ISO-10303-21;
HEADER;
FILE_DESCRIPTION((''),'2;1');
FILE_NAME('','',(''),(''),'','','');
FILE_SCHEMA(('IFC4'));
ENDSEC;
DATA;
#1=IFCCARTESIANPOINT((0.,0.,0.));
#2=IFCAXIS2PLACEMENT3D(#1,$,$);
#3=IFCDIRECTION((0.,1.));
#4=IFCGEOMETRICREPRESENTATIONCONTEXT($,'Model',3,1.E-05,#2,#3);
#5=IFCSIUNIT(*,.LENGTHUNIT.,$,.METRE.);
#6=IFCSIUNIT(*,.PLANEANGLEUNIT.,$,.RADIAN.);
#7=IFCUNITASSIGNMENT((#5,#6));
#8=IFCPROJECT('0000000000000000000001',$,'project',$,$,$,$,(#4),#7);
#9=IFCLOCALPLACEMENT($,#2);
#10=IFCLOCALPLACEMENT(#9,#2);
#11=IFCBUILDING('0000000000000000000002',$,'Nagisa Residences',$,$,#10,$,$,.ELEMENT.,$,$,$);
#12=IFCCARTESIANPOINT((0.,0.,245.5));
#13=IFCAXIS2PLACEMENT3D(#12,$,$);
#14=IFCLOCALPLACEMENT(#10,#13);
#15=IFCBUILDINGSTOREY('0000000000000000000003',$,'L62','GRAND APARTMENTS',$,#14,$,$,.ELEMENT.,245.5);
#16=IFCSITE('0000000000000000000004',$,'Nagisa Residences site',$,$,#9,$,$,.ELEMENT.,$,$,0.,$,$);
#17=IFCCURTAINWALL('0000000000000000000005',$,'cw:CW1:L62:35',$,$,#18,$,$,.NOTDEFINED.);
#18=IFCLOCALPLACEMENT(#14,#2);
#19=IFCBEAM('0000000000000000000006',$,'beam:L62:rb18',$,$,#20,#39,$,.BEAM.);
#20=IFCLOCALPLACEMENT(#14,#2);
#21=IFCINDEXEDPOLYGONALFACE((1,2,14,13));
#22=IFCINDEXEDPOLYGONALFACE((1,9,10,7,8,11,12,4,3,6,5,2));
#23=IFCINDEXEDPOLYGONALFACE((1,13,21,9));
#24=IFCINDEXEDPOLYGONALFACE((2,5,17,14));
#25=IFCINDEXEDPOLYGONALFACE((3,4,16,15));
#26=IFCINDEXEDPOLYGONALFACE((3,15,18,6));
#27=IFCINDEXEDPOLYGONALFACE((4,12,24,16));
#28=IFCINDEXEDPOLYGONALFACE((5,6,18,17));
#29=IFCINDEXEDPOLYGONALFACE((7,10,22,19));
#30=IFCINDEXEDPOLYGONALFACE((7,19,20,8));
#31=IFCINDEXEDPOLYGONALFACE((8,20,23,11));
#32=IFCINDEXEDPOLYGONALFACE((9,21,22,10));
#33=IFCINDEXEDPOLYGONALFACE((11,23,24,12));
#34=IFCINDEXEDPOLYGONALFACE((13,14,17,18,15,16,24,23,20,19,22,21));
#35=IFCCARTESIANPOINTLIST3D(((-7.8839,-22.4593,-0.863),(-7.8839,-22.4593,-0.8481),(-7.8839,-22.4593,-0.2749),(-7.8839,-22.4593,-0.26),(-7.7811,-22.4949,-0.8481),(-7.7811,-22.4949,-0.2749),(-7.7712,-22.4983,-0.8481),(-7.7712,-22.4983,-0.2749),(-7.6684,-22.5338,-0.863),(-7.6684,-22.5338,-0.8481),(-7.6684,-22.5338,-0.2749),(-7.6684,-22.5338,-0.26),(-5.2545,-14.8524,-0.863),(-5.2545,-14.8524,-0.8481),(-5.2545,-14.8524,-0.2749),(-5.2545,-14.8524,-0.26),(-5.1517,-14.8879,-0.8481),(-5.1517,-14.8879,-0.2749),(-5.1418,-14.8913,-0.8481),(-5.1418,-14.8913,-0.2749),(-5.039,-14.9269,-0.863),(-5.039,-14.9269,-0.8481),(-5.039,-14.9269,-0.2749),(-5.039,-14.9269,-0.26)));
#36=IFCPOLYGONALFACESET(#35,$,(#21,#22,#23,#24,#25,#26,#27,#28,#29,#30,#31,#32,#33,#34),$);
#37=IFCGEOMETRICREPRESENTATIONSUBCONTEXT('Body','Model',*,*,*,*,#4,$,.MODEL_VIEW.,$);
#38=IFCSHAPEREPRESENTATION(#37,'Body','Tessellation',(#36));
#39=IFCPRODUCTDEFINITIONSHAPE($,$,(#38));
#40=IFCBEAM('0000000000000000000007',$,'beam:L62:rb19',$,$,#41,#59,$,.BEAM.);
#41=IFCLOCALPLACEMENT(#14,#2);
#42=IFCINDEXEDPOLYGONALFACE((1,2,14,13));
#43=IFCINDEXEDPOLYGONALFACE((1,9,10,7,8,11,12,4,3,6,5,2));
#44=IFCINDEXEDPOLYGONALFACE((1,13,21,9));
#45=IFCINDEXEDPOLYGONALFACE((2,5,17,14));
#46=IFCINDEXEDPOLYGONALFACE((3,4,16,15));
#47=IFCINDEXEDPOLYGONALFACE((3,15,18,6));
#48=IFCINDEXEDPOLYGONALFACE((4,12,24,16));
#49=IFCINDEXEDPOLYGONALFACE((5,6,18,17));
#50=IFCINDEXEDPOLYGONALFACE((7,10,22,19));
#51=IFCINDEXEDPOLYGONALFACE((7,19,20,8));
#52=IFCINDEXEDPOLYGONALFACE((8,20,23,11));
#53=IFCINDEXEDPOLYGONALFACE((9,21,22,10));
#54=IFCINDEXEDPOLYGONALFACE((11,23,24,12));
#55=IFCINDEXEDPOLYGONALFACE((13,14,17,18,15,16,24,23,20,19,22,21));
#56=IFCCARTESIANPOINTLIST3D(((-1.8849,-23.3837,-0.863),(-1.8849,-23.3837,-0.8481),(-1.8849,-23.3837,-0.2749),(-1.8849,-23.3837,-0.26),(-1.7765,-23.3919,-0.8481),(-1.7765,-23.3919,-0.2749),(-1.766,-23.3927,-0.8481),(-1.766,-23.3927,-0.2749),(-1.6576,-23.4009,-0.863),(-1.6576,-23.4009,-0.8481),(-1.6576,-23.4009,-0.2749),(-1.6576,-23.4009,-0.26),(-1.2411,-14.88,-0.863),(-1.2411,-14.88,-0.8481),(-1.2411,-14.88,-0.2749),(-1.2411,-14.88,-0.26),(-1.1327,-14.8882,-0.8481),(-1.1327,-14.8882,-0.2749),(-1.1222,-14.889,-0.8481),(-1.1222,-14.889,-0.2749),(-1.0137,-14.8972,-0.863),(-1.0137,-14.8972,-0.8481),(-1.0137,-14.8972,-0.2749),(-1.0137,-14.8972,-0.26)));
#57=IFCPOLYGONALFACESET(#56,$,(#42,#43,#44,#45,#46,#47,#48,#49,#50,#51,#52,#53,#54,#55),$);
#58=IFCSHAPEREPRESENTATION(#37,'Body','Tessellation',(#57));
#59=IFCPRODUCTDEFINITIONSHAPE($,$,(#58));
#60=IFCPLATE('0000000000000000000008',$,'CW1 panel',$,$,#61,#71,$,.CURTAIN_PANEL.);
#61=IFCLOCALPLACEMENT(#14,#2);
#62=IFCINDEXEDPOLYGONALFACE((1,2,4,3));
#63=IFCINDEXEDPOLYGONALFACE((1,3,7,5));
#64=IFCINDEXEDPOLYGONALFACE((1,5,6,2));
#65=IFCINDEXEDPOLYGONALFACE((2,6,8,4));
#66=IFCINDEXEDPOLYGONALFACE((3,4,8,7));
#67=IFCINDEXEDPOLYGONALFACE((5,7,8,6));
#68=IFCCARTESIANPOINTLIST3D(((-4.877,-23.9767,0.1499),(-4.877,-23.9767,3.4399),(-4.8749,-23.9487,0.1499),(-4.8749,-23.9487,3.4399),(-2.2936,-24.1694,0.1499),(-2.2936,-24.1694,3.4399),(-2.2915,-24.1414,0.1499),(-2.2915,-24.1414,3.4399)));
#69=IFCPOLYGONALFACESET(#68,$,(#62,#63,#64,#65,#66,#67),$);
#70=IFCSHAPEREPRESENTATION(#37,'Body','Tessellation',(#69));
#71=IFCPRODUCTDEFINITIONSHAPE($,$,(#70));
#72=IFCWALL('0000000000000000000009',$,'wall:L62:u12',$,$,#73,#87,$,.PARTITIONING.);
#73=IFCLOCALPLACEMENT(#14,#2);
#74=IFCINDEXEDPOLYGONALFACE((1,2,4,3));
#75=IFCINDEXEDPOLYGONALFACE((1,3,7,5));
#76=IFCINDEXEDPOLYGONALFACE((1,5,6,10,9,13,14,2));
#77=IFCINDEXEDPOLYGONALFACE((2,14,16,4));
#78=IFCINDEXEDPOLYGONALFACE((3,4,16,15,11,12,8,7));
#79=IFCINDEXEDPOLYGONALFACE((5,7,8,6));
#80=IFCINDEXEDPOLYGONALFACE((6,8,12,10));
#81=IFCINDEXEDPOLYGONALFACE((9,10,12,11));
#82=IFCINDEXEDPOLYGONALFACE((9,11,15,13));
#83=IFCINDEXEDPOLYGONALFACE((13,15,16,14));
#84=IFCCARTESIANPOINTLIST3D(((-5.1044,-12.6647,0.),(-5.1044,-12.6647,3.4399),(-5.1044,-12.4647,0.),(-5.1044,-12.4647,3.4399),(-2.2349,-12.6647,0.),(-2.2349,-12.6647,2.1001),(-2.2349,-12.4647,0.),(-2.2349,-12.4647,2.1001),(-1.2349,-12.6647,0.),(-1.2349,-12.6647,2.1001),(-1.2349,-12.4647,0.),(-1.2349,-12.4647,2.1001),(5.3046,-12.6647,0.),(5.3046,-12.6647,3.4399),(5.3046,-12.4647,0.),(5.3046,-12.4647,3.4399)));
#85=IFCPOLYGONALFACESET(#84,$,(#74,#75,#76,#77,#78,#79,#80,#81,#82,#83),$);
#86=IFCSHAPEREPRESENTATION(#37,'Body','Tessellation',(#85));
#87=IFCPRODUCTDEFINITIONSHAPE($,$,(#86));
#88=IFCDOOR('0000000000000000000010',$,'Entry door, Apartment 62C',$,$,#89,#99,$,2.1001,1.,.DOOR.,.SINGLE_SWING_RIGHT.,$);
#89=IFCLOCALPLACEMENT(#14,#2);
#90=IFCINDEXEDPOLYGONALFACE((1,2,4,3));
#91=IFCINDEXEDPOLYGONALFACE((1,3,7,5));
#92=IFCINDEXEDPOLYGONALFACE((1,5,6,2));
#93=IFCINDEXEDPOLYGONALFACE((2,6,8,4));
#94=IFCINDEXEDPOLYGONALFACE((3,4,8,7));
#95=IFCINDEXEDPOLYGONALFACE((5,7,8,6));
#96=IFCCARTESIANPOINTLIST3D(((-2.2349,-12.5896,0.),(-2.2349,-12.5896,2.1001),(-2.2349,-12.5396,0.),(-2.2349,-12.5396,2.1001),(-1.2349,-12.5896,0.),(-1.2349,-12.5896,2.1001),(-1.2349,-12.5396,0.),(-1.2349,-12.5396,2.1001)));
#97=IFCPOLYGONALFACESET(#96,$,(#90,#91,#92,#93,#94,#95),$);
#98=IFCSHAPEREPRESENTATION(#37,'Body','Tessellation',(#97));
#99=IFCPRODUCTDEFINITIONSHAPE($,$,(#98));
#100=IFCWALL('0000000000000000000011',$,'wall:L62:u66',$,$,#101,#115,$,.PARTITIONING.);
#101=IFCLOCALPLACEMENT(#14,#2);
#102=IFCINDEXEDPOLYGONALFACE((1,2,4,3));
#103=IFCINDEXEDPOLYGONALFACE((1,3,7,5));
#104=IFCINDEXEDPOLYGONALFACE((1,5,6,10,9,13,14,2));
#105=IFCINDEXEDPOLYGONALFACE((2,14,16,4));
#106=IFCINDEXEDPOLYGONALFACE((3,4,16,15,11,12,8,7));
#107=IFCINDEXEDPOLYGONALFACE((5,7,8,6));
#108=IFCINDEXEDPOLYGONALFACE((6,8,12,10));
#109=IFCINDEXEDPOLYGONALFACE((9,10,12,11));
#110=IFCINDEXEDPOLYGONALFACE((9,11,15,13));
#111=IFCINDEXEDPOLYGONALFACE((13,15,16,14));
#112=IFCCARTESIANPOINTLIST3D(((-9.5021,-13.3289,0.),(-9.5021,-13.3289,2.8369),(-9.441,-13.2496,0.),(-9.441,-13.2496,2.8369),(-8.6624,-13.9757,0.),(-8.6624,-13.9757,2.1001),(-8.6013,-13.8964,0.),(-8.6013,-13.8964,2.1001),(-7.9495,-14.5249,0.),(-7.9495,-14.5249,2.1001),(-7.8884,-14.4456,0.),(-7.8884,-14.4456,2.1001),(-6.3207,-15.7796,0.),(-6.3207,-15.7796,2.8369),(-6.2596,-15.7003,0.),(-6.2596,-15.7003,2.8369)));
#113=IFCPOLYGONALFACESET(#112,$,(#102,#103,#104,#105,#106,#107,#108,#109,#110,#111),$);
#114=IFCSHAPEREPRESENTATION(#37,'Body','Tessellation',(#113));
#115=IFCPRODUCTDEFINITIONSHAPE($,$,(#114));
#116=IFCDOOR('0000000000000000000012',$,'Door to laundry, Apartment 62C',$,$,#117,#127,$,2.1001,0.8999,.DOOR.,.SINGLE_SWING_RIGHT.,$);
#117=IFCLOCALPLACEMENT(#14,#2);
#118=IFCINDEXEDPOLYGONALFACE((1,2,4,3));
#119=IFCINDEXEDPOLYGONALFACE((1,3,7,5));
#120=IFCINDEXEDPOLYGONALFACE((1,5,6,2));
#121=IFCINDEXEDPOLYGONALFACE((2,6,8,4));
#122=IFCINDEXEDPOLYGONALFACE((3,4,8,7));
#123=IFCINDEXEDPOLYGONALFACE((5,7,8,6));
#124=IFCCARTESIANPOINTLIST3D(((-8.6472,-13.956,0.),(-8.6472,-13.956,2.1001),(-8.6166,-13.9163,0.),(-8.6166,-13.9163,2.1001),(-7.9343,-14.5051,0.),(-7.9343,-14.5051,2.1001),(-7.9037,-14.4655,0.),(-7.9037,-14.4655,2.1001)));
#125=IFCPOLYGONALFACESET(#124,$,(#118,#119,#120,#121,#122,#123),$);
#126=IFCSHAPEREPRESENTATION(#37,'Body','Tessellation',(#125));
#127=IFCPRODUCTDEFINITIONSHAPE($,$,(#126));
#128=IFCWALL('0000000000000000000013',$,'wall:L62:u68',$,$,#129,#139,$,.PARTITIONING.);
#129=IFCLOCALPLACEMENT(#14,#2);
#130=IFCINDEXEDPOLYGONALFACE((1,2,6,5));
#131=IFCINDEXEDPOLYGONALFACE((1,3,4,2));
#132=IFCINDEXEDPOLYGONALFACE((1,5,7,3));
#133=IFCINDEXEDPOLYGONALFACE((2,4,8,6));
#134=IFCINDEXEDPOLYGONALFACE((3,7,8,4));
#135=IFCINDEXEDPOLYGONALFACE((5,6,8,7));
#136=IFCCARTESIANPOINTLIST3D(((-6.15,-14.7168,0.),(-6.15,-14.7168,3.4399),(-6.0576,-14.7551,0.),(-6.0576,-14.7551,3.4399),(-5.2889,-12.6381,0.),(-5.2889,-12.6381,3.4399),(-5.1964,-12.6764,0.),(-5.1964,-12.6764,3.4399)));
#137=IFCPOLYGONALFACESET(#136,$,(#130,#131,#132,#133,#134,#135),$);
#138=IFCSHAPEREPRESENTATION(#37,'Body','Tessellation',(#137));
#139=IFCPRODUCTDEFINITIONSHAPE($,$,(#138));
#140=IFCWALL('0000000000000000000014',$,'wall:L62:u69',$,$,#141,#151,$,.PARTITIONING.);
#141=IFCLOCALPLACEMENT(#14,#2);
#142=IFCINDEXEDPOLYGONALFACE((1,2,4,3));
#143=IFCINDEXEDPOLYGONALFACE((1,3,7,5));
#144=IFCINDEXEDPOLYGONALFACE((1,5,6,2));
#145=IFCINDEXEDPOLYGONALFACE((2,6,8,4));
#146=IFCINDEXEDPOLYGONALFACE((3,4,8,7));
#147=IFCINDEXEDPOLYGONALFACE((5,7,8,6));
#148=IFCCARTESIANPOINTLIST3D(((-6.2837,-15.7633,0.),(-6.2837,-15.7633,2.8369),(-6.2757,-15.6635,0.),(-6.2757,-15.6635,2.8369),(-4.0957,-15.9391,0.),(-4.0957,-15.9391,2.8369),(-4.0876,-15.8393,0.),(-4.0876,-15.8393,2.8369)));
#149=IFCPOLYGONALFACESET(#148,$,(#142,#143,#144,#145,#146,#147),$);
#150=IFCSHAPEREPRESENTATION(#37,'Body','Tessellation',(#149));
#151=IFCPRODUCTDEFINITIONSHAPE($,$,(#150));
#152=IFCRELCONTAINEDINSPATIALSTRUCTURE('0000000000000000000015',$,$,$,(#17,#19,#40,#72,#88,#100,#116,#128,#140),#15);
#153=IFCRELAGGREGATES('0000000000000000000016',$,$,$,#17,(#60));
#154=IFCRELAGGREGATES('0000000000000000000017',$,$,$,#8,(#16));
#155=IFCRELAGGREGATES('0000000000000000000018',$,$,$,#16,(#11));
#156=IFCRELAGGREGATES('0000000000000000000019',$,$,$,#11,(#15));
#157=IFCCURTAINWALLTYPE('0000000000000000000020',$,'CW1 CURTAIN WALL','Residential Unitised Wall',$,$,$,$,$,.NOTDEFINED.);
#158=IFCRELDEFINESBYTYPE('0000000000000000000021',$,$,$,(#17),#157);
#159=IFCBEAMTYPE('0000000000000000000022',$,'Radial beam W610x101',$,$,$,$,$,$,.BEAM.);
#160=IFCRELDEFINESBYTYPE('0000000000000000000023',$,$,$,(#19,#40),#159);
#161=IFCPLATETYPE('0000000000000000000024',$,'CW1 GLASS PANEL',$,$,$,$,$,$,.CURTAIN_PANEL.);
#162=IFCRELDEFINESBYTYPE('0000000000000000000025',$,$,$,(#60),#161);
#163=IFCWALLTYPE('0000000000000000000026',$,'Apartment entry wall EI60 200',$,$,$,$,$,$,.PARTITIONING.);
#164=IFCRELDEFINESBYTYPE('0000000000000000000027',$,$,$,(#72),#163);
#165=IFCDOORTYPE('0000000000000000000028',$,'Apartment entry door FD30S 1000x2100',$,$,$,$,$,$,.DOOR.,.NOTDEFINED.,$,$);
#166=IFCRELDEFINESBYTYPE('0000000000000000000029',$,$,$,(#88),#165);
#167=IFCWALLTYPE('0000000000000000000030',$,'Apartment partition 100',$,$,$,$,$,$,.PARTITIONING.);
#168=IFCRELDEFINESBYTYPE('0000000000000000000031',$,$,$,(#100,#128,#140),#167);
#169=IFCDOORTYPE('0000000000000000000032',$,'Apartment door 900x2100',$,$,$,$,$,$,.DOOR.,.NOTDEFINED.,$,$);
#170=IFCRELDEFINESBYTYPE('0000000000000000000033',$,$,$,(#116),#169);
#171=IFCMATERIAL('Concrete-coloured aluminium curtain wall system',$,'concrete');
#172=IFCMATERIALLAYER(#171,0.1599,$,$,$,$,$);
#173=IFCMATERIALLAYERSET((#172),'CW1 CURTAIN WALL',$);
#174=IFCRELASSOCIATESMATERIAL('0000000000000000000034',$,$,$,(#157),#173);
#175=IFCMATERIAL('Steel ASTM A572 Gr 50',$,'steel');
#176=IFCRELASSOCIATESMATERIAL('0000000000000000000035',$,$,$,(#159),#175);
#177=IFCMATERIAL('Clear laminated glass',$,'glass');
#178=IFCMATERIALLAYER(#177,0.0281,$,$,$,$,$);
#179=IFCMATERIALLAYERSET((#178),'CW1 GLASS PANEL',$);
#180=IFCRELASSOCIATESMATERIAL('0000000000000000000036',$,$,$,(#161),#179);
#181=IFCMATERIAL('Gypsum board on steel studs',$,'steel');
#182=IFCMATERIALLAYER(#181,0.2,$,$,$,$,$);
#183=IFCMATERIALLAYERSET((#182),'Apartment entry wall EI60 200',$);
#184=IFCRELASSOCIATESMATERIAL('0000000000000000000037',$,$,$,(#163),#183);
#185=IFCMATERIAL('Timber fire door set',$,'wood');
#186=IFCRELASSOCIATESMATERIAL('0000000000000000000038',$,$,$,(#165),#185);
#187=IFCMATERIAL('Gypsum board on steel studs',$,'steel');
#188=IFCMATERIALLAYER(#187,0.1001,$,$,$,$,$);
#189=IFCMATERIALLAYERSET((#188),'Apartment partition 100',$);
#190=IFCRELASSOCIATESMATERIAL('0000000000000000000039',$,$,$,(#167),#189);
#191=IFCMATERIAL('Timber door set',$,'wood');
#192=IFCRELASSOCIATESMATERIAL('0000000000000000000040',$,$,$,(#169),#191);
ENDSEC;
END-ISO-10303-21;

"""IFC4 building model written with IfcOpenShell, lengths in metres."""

from ifc_helpers import new_model, si_unit, direction, frame, frame_2d, origin, origin_2d, place, context, subcontext, project, spatial, rectangle, i_section, extrude, material, layer, layer_set, material_profile, profile_set, type_object, element, fill, aggregate, save


model = new_model("IFC4")

# Units and contexts
model_context = context("Model", 3, precision=1e-05, world=origin(), true_north=direction((0.0, 1.0)))
body_context = subcontext(model_context, "Body", "Model", "MODEL_VIEW")
ifc_project = project(units=[si_unit("LENGTHUNIT", "METRE"), si_unit("PLANEANGLEUNIT", "RADIAN")], contexts=[model_context])

# Site, building, storey
site_placement = place(None, origin())
site = spatial("IfcSite", under=ifc_project, at=site_placement, Name="Nagisa Residences site", CompositionType="ELEMENT", RefElevation=0.0)
building_placement = place(site_placement, origin())
building = spatial("IfcBuilding", under=site, at=building_placement, Name="Nagisa Residences", CompositionType="ELEMENT")
storey_placement = place(building_placement, frame((0.0, 0.0, 245.5)))
storey = spatial("IfcBuildingStorey", under=building, at=storey_placement, Name="L62", Description="GRAND APARTMENTS", CompositionType="ELEMENT", Elevation=245.5)

# Curtain wall
ifc_material_1 = material(Name="Concrete-coloured aluminium curtain wall system", Category="concrete")
ifc_layer_1 = layer(ifc_material_1, 0.1599)
ifc_layer_set_1 = layer_set([ifc_layer_1], Name="CW1 CURTAIN WALL")
curtain_wall_type = type_object("IfcCurtainWallType", Name="CW1 CURTAIN WALL", Description="Residential Unitised Wall", PredefinedType="NOTDEFINED", material=ifc_layer_set_1)
curtain_wall_1_placement = place(storey_placement, origin())
curtain_wall_1 = element("IfcCurtainWall", 1, at=curtain_wall_1_placement, inside=storey, type_object=curtain_wall_type, Name="cw:CW1:L62:35", PredefinedType="NOTDEFINED")

# Beams
ifc_material_2 = material(Name="Steel ASTM A572 Gr 50", Category="steel")
ifc_material_profile_1 = material_profile(ifc_material_2, i_section(OverallWidth=0.228, OverallDepth=0.603, WebThickness=0.0105, FlangeThickness=0.0149, at=origin_2d()), Name="W610x101")
ifc_profile_set_1 = profile_set([ifc_material_profile_1], Name="Steel ASTM A572 Gr 50")
beam_type_1 = type_object("IfcBeamType", Name="Radial beam W610x101", PredefinedType="BEAM", material=ifc_profile_set_1)
beam_1_placement = place(storey_placement, frame((-7.7761, -22.4966, -0.5615), z_axis=(0.326692, 0.945131, 0.0), x_axis=(-0.945131, 0.326692, 0.0)))
element("IfcBeam", 2, at=beam_1_placement, inside=storey, type_object=beam_type_1, Name="beam:L62:rb18", PredefinedType="BEAM", context=body_context, shape_type="SweptSolid", body=[
    extrude(i_section(OverallWidth=0.228, OverallDepth=0.603, WebThickness=0.0105, FlangeThickness=0.0149, at=origin_2d()), origin(), (0.0, 0.0, 1.0), 8.0486),
])
beam_2_placement = place(storey_placement, frame((-1.7712, -23.3923, -0.5615), z_axis=(0.075492, 0.997146, 0.0), x_axis=(-0.997146, 0.075492, 0.0)))
element("IfcBeam", 3, at=beam_2_placement, inside=storey, type_object=beam_type_1, Name="beam:L62:rb19", PredefinedType="BEAM", context=body_context, shape_type="SweptSolid", body=[
    extrude(i_section(OverallWidth=0.228, OverallDepth=0.603, WebThickness=0.0105, FlangeThickness=0.0149, at=origin_2d()), origin(), (0.0, 0.0, 1.0), 8.5281),
])

# Plate
ifc_material_3 = material(Name="Clear laminated glass", Category="glass")
ifc_layer_2 = layer(ifc_material_3, 0.0281)
ifc_layer_set_2 = layer_set([ifc_layer_2], Name="CW1 GLASS PANEL")
plate_type = type_object("IfcPlateType", Name="CW1 GLASS PANEL", PredefinedType="CURTAIN_PANEL", material=ifc_layer_set_2)
plate_placement = place(storey_placement, frame((-3.5842, -24.0591, 0.1499), z_axis=(0.0, 0.0, 1.0), x_axis=(0.99723, -0.074377, 0.0)))
plate = element("IfcPlate", 4, at=plate_placement, type_object=plate_type, Name="CW1 panel", PredefinedType="CURTAIN_PANEL", context=body_context, shape_type="SweptSolid", body=[
    extrude(rectangle(XDim=2.5906, YDim=0.0281, at=origin_2d()), origin(), (0.0, 0.0, 1.0), 3.29),
])
aggregate(curtain_wall_1, [plate])

# Walls, openings, doors
ifc_material_4 = material(Name="Gypsum board on steel studs", Category="steel")
ifc_layer_3 = layer(ifc_material_4, 0.2)
ifc_layer_set_3 = layer_set([ifc_layer_3], Name="Apartment entry wall EI60 200")
wall_type_1 = type_object("IfcWallType", Name="Apartment entry wall EI60 200", PredefinedType="PARTITIONING", material=ifc_layer_set_3)
wall_1_placement = place(storey_placement, frame((-5.1045, -12.5647, 0.0), z_axis=(0.0, 0.0, 1.0), x_axis=(1.0, 0.0, 0.0)))
wall_1 = element("IfcWall", 5, at=wall_1_placement, inside=storey, type_object=wall_type_1, Name="wall:L62:u12", PredefinedType="PARTITIONING", context=body_context, shape_type="SweptSolid", body=[
    extrude(rectangle(XDim=10.4089, YDim=0.2, at=frame_2d((5.2046, 0.0))), origin(), (0.0, 0.0, 1.0), 3.4399),
])
opening_1_placement = place(wall_1_placement, frame((2.8696, 0.0, 0.0)))
opening_1 = element("IfcOpeningElement", 6, at=opening_1_placement, cuts=wall_1, PredefinedType="OPENING", context=body_context, shape_type="SweptSolid", body=[
    extrude(rectangle(XDim=1.0, YDim=2.1001, at=frame_2d((0.5, 1.05))), frame((0.0, 0.1099, 0.0), z_axis=(0.0, -1.0, 0.0), x_axis=(1.0, 0.0, 0.0)), (0.0, 0.0, 1.0), 0.22),
])
ifc_material_5 = material(Name="Timber fire door set", Category="wood")
door_type_1 = type_object("IfcDoorType", Name="Apartment entry door FD30S 1000x2100", OperationType="NOTDEFINED", PredefinedType="DOOR", material=ifc_material_5)
door_1_placement = place(opening_1_placement, frame((1.0, 0.0, 0.0), x_axis=(-1.0, 0.0, 0.0)))
door_1 = element("IfcDoor", 7, at=door_1_placement, inside=storey, type_object=door_type_1, Name="Entry door, Apartment 62C", OperationType="SINGLE_SWING_RIGHT", OverallHeight=2.1001, OverallWidth=1.0, PredefinedType="DOOR", context=body_context, shape_type="SweptSolid", body=[
    extrude(rectangle(XDim=1.0, YDim=2.1001, at=frame_2d((0.5, 1.05))), frame((0.0, 0.0249, 0.0), z_axis=(0.0, -1.0, 0.0), x_axis=(1.0, 0.0, 0.0)), (0.0, 0.0, 1.0), 0.05),
])
fill(opening_1, door_1)
ifc_material_6 = material(Name="Gypsum board on steel studs", Category="steel")
ifc_layer_4 = layer(ifc_material_6, 0.1001)
ifc_layer_set_4 = layer_set([ifc_layer_4], Name="Apartment partition 100")
wall_type_2 = type_object("IfcWallType", Name="Apartment partition 100", PredefinedType="PARTITIONING", material=ifc_layer_set_4)
wall_2_placement = place(storey_placement, frame((-9.4714, -13.2893, 0.0), z_axis=(0.0, 0.0, 1.0), x_axis=(0.792208, -0.610251, 0.0)))
wall_2 = element("IfcWall", 8, at=wall_2_placement, inside=storey, type_object=wall_type_2, Name="wall:L62:u66", PredefinedType="PARTITIONING", context=body_context, shape_type="SweptSolid", body=[
    extrude(rectangle(XDim=4.0159, YDim=0.1001, at=frame_2d((2.0078, 0.0))), origin(), (0.0, 0.0, 1.0), 2.8369),
])
opening_2_placement = place(wall_2_placement, frame((1.0598, 0.0, 0.0)))
opening_2 = element("IfcOpeningElement", 9, at=opening_2_placement, cuts=wall_2, PredefinedType="OPENING", context=body_context, shape_type="SweptSolid", body=[
    extrude(rectangle(XDim=0.8999, YDim=2.1001, at=frame_2d((0.45, 1.05))), frame((0.0, 0.0601, 0.0), z_axis=(0.0, -1.0, 0.0), x_axis=(1.0, 0.0, 0.0)), (0.0, 0.0, 1.0), 0.1201),
])
ifc_material_7 = material(Name="Timber door set", Category="wood")
door_type_2 = type_object("IfcDoorType", Name="Apartment door 900x2100", OperationType="NOTDEFINED", PredefinedType="DOOR", material=ifc_material_7)
door_2_placement = place(opening_2_placement, origin())
door_2 = element("IfcDoor", 10, at=door_2_placement, inside=storey, type_object=door_type_2, Name="Door to laundry, Apartment 62C", OperationType="SINGLE_SWING_RIGHT", OverallHeight=2.1001, OverallWidth=0.8999, PredefinedType="DOOR", context=body_context, shape_type="SweptSolid", body=[
    extrude(rectangle(XDim=0.8999, YDim=2.1001, at=frame_2d((0.45, 1.05))), frame((0.0, 0.0249, 0.0), z_axis=(0.0, -1.0, 0.0), x_axis=(1.0, 0.0, 0.0)), (0.0, 0.0, 1.0), 0.05),
])
fill(opening_2, door_2)

# Walls
wall_3_placement = place(storey_placement, frame((-5.2427, -12.6572, 0.0), z_axis=(0.0, 0.0, 1.0), x_axis=(-0.382719, -0.923865, 0.0)))
element("IfcWall", 11, at=wall_3_placement, inside=storey, type_object=wall_type_2, Name="wall:L62:u68", PredefinedType="PARTITIONING", context=body_context, shape_type="SweptSolid", body=[
    extrude(rectangle(XDim=2.25, YDim=0.1001, at=frame_2d((1.125, 0.0))), origin(), (0.0, 0.0, 1.0), 3.4399),
])
wall_4_placement = place(storey_placement, frame((-6.2798, -15.7134, 0.0), z_axis=(0.0, 0.0, 1.0), x_axis=(0.996788, -0.080081, 0.0)))
element("IfcWall", 12, at=wall_4_placement, inside=storey, type_object=wall_type_2, Name="wall:L62:u69", PredefinedType="PARTITIONING", context=body_context, shape_type="SweptSolid", body=[
    extrude(rectangle(XDim=2.1951, YDim=0.1001, at=frame_2d((1.0977, 0.0))), origin(), (0.0, 0.0, 1.0), 2.8369),
])

save(model, "model.ifc")
